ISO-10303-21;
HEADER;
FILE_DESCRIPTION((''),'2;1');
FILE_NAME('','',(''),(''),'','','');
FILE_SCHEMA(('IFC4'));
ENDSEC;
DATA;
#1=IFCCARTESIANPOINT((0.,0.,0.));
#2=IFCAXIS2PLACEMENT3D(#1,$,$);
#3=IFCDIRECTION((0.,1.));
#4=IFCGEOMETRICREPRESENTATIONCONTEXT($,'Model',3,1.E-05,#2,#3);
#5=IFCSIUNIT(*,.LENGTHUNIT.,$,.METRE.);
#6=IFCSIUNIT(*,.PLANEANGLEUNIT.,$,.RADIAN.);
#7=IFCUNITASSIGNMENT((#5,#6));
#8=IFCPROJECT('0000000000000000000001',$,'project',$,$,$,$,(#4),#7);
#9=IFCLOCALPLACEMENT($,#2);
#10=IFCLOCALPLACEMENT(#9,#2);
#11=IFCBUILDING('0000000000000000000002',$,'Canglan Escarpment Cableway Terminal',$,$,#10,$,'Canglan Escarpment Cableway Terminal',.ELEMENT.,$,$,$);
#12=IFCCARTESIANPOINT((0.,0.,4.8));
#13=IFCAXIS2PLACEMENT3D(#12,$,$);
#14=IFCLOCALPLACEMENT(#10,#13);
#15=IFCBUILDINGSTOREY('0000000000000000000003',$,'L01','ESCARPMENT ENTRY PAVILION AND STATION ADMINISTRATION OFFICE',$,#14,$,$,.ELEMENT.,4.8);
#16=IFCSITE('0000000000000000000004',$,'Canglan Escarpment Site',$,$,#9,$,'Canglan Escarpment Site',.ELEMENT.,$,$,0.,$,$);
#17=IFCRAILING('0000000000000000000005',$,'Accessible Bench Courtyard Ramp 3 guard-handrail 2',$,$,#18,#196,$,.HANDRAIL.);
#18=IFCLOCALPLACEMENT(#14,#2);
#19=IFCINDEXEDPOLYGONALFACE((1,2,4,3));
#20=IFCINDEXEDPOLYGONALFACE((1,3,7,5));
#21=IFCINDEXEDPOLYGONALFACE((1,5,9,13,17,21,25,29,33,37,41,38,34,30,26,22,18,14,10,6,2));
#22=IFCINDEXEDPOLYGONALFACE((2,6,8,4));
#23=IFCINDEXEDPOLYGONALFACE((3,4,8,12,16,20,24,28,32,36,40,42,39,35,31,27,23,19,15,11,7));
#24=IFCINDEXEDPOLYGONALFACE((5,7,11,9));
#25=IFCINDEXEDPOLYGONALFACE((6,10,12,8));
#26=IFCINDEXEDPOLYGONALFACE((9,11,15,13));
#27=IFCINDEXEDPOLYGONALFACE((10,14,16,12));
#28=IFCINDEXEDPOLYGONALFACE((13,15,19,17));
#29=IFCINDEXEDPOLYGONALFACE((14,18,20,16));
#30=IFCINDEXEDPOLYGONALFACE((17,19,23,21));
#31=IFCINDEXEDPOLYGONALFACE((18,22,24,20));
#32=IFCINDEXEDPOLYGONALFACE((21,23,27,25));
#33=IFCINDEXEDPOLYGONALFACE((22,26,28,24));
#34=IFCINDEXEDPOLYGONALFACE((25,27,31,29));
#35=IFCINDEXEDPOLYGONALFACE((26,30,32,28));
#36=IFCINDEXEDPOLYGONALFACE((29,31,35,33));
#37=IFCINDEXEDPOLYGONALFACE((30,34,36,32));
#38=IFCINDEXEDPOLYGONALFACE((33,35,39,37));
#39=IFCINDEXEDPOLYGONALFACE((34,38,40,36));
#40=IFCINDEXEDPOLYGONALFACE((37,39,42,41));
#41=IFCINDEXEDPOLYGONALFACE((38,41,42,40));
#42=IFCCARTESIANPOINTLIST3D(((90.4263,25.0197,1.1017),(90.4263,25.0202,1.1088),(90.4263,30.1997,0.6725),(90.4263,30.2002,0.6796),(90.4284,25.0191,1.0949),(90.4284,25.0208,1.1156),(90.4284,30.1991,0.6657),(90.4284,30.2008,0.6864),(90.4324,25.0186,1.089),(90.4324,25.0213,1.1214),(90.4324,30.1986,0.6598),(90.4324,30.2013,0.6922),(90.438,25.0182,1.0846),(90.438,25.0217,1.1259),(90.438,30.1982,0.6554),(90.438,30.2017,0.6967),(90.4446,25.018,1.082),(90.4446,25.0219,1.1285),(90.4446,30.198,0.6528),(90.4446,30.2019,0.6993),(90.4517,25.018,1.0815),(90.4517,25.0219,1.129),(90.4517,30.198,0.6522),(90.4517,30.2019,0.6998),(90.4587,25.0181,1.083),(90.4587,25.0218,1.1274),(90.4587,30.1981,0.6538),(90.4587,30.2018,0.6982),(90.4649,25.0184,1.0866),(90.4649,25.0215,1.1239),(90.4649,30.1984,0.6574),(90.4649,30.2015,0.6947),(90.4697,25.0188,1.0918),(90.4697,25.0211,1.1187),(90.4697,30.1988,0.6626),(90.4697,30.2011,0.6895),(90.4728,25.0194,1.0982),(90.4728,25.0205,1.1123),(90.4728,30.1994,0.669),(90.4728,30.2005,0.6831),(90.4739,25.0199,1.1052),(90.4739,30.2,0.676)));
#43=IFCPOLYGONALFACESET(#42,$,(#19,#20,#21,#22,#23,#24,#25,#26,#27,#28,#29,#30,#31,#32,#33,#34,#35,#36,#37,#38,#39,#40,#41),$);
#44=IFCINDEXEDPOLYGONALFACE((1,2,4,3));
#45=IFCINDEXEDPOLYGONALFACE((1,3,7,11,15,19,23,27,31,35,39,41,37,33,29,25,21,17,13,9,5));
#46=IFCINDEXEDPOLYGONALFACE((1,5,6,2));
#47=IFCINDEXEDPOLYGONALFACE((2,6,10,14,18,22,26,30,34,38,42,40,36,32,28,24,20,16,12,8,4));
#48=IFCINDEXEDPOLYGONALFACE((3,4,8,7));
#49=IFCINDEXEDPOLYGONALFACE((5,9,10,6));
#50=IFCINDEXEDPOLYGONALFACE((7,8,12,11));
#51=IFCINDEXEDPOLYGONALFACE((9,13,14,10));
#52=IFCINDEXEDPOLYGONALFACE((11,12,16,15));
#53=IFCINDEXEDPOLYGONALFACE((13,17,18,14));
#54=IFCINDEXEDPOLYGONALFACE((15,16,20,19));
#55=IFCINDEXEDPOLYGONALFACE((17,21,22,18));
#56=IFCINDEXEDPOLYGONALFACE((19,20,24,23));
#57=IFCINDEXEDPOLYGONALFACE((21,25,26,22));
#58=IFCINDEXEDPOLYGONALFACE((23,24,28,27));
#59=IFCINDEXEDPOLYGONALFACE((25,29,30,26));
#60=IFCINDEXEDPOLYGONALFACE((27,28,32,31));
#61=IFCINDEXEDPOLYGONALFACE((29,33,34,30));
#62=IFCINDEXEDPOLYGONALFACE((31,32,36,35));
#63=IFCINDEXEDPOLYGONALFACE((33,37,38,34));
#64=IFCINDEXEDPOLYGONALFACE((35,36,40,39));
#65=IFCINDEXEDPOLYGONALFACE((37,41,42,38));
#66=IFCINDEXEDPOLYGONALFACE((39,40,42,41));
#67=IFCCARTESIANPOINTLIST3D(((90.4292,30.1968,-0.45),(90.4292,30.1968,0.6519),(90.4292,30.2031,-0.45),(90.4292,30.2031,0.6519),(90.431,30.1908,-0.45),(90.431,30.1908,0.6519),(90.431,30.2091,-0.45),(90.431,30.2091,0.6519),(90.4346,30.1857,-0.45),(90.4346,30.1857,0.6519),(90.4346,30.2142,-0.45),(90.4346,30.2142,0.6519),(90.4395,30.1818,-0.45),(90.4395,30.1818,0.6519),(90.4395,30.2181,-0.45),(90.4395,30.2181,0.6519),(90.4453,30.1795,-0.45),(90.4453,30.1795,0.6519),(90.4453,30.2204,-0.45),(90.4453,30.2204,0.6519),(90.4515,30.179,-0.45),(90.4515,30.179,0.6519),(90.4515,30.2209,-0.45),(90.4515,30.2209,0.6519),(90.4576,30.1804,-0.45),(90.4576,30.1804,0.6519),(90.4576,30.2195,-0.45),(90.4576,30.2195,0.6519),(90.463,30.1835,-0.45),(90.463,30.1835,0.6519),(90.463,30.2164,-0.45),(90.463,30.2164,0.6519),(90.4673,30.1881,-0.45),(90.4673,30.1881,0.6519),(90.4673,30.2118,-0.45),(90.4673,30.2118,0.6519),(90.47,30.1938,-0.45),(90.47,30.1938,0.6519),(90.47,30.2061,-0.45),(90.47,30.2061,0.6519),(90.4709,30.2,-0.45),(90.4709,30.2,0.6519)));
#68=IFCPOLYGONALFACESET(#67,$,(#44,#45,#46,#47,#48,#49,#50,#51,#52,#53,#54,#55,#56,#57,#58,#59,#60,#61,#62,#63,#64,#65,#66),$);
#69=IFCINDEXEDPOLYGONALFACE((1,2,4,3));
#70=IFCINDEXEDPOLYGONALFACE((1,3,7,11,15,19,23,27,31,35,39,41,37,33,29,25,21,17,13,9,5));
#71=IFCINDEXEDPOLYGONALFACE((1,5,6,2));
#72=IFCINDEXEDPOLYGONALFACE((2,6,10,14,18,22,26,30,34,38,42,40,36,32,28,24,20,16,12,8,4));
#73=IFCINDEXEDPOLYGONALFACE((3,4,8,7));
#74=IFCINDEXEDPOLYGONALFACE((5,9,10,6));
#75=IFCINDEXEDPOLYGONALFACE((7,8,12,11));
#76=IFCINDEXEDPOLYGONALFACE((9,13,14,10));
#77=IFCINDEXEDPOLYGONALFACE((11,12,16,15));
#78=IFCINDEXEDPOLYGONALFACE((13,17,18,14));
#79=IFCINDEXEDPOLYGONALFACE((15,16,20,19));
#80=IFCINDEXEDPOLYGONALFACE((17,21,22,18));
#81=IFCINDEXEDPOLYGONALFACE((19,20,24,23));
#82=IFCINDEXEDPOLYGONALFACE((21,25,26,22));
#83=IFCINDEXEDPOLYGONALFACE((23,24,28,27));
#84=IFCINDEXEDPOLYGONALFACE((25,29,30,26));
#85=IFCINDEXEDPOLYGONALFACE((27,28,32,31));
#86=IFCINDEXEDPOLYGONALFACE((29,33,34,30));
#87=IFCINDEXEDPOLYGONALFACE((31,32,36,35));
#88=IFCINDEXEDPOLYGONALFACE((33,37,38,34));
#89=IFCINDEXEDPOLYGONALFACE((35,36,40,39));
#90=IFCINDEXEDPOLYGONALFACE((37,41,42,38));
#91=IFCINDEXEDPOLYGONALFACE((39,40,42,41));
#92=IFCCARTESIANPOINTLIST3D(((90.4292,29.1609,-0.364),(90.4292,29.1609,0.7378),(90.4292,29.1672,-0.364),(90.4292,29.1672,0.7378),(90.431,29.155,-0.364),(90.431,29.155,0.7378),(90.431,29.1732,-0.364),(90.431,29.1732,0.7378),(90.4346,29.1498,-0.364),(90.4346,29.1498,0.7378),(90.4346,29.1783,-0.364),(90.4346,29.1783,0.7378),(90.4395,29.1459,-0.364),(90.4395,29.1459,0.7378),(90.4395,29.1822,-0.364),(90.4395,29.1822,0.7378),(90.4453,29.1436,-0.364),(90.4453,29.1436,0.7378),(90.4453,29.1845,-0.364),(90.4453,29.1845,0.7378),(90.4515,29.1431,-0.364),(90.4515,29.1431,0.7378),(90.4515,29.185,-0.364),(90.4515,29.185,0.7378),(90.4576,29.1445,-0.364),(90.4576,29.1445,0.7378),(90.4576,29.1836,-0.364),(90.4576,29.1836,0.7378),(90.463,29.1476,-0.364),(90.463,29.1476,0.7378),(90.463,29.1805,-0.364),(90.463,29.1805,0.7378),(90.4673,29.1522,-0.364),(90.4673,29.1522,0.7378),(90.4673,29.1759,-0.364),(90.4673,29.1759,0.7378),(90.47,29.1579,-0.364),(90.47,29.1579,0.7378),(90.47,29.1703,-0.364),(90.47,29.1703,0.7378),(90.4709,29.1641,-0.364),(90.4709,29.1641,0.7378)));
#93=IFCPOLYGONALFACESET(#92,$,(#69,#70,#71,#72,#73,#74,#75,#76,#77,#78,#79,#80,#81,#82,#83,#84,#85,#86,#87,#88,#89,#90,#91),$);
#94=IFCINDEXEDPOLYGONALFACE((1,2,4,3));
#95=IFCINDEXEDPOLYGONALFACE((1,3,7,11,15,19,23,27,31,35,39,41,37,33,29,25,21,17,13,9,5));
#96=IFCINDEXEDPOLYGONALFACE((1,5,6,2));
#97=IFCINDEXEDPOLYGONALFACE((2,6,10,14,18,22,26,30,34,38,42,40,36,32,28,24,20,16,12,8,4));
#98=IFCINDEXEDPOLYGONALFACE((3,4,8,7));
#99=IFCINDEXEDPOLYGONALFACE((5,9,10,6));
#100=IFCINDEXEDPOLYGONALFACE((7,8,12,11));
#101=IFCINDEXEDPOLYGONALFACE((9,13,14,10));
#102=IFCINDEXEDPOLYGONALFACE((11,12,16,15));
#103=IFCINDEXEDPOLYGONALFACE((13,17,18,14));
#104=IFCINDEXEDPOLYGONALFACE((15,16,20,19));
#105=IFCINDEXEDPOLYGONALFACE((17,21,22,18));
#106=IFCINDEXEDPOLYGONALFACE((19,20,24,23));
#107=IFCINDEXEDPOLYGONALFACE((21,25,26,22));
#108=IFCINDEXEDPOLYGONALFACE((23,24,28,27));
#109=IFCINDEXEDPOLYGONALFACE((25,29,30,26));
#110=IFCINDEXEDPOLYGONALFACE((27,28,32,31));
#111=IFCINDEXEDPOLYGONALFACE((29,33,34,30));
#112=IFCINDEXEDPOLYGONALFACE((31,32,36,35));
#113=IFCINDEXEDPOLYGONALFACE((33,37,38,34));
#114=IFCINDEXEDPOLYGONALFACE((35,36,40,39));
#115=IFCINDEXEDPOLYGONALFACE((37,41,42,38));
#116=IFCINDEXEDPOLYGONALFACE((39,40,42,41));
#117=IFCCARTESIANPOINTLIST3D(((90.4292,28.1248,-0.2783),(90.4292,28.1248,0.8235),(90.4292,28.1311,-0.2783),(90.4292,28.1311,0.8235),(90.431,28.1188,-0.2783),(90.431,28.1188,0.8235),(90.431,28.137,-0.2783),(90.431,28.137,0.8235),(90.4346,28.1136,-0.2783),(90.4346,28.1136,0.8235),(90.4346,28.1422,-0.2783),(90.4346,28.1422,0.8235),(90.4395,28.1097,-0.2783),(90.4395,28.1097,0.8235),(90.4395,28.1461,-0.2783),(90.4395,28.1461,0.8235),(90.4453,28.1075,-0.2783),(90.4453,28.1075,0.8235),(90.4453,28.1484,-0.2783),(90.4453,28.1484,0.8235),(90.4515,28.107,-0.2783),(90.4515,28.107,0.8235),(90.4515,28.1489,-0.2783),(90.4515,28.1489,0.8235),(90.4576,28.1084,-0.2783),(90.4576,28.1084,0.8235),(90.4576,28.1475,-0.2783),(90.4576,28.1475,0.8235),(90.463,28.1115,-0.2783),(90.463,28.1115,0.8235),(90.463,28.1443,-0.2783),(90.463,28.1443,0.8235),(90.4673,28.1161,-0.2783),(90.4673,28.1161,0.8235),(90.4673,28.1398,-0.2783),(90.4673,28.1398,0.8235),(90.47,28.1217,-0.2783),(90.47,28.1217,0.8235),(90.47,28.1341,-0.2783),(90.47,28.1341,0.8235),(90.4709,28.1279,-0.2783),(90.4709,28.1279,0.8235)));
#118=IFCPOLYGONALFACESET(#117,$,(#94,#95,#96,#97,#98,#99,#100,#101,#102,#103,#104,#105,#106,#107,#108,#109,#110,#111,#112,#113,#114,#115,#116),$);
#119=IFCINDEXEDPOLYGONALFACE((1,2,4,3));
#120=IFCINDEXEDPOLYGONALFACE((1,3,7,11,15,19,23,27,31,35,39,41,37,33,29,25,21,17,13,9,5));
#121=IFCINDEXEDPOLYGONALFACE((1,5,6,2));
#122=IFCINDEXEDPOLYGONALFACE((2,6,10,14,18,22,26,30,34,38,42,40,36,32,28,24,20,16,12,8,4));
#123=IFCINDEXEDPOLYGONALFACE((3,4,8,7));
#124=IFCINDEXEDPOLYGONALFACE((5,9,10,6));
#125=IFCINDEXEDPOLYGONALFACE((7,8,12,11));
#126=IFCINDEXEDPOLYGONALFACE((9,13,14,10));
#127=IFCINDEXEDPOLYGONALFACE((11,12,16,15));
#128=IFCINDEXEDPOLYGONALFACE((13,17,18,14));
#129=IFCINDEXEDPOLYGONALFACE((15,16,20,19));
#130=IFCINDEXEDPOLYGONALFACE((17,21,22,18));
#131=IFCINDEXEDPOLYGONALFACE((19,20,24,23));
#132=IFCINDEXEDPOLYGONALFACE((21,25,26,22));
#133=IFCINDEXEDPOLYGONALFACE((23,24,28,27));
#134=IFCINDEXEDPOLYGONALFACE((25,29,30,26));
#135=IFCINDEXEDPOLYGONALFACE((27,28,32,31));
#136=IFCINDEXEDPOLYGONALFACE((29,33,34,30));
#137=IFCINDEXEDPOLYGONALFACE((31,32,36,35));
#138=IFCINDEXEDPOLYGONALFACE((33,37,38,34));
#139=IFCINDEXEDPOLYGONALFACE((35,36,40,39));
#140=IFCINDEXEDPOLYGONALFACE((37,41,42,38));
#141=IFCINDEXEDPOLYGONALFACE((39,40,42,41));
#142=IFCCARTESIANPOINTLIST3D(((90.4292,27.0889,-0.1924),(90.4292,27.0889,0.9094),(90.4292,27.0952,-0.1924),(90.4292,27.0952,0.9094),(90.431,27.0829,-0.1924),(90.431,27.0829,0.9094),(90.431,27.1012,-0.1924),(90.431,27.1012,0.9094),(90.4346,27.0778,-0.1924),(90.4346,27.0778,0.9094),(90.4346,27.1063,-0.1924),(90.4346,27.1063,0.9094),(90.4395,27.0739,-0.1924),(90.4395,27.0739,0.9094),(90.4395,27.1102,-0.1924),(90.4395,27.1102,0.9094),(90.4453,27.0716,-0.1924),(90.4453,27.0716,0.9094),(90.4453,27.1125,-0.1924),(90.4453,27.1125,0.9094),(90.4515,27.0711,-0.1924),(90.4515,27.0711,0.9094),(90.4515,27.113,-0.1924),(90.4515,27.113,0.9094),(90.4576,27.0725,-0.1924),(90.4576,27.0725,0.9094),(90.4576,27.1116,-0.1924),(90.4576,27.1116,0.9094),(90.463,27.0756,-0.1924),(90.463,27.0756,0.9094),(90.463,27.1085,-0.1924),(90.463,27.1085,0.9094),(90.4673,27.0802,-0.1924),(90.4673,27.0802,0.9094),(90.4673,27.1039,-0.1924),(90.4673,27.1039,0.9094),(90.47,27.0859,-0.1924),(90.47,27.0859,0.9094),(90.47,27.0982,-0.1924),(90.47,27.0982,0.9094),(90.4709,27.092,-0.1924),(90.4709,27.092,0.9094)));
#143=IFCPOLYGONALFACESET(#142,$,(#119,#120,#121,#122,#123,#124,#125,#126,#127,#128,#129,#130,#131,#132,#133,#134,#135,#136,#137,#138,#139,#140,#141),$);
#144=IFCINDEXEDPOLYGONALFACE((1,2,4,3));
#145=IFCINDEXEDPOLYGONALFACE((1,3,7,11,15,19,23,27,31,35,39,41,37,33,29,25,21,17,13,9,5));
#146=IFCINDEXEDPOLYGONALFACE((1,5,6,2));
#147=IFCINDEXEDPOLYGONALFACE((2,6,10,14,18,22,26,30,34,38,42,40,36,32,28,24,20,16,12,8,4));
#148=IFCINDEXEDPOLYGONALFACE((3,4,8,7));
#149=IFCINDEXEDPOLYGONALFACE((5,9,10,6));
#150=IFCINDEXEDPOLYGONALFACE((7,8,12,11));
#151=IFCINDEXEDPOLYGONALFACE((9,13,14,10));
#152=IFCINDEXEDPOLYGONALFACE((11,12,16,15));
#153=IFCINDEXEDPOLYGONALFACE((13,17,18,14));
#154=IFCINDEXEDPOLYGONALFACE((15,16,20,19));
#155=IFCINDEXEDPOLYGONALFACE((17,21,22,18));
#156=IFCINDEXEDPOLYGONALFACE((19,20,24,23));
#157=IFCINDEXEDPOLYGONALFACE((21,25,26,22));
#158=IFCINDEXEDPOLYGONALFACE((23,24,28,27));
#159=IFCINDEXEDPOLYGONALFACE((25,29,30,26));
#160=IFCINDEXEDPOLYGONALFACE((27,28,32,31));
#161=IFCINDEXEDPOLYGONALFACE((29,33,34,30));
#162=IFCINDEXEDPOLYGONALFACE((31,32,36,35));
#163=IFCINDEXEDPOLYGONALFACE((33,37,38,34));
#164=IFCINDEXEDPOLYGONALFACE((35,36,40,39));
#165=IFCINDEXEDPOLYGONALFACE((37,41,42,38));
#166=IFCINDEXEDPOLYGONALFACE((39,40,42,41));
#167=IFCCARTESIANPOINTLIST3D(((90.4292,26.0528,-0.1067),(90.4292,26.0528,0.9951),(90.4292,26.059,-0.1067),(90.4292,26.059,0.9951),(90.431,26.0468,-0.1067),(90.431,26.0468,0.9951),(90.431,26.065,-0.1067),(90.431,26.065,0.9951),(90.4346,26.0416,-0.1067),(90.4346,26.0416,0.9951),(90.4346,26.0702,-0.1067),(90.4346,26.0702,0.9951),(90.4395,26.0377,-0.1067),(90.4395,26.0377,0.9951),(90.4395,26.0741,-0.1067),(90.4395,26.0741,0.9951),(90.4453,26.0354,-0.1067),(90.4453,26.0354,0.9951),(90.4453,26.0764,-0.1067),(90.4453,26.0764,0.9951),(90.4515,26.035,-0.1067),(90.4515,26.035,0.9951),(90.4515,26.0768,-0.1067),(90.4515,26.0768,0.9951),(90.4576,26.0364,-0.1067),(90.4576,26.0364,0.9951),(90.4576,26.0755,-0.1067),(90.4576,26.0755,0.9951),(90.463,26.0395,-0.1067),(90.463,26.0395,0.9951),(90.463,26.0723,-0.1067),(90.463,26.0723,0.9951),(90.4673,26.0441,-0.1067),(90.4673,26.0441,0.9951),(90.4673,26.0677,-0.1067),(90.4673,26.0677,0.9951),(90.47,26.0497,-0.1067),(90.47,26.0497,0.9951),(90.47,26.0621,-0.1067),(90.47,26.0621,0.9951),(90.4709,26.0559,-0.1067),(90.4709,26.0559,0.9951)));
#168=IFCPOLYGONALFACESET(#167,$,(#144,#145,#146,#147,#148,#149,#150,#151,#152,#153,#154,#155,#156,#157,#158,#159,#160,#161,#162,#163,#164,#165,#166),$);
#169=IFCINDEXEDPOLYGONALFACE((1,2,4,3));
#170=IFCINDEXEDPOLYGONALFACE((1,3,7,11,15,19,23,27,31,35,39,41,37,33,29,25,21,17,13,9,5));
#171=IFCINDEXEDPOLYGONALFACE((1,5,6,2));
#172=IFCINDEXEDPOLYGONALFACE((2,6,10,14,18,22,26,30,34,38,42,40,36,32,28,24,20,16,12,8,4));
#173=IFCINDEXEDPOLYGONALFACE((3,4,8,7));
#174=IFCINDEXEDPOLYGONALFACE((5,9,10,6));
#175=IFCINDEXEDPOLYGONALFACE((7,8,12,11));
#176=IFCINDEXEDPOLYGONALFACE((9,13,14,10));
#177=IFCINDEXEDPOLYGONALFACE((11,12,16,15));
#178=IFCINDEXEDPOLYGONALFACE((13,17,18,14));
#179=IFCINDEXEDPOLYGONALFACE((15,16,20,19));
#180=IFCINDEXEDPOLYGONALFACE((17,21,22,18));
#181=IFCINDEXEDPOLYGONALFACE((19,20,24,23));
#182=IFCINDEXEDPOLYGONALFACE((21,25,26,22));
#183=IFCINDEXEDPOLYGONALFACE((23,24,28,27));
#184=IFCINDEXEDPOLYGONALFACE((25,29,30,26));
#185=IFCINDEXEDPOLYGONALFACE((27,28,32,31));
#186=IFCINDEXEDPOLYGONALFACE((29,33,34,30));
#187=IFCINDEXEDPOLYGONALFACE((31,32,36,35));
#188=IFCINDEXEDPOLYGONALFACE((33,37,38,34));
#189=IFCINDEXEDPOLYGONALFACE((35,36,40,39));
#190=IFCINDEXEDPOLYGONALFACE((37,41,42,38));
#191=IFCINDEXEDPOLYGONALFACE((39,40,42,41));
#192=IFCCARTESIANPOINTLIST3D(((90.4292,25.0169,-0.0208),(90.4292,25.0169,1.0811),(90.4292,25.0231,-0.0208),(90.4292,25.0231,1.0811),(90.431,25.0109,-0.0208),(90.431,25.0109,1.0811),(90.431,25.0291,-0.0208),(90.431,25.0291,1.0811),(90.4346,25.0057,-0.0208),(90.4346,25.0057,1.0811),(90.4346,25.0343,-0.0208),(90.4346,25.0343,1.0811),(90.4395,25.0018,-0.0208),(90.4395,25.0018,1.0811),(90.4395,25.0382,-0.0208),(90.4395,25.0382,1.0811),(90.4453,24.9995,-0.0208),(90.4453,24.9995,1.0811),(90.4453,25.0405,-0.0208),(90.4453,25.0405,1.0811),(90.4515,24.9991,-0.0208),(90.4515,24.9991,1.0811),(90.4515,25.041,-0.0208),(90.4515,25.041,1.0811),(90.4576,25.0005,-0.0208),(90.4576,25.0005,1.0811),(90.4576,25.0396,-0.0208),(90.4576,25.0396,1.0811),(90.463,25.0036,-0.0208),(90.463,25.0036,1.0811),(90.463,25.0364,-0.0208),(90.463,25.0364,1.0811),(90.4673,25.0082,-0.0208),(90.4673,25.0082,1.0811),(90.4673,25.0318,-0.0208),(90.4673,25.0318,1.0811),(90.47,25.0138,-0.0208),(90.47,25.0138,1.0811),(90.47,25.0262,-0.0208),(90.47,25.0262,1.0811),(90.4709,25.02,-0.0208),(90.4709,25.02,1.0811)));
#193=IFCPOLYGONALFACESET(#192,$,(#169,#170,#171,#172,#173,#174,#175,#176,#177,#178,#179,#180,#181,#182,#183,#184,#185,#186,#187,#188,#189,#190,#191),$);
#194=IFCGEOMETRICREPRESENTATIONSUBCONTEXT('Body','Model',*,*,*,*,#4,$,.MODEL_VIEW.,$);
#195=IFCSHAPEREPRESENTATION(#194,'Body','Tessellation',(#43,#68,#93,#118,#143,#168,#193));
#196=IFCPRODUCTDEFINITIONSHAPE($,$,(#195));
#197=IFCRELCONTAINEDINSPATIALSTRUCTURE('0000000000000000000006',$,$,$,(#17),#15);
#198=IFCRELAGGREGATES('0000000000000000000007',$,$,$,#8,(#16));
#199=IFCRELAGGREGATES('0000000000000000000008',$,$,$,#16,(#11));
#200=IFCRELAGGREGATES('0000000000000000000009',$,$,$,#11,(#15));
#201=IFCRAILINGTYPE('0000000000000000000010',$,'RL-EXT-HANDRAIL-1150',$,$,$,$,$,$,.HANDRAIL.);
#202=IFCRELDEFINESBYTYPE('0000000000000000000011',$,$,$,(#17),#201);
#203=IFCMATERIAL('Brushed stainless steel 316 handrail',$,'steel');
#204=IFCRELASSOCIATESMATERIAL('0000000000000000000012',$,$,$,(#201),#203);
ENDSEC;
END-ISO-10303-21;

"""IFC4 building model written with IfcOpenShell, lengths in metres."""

from ifc_helpers import new_model, si_unit, direction, frame, origin, origin_2d, place, context, subcontext, project, spatial, circle, extrude, material, type_object, element, save


model = new_model("IFC4")

# Units and contexts
model_context = context("Model", 3, precision=1e-05, world=origin(), true_north=direction((0.0, 1.0)))
body_context = subcontext(model_context, "Body", "Model", "MODEL_VIEW")
ifc_project = project(units=[si_unit("LENGTHUNIT", "METRE"), si_unit("PLANEANGLEUNIT", "RADIAN")], contexts=[model_context])

# Site, building, storey
site_placement = place(None, origin())
site = spatial("IfcSite", under=ifc_project, at=site_placement, Name="Canglan Escarpment Site", LongName="Canglan Escarpment Site", CompositionType="ELEMENT", RefElevation=0.0)
building_placement = place(site_placement, origin())
building = spatial("IfcBuilding", under=site, at=building_placement, Name="Canglan Escarpment Cableway Terminal", LongName="Canglan Escarpment Cableway Terminal", CompositionType="ELEMENT")
storey_placement = place(building_placement, frame((0.0, 0.0, 4.8)))
storey = spatial("IfcBuildingStorey", under=building, at=storey_placement, Name="L01", Description="ESCARPMENT ENTRY PAVILION AND STATION ADMINISTRATION OFFICE", CompositionType="ELEMENT", Elevation=4.8)

# Railing
ifc_material_1 = material(Name="Brushed stainless steel 316 handrail", Category="steel")
railing_type_1 = type_object("IfcRailingType", Name="RL-EXT-HANDRAIL-1150", PredefinedType="HANDRAIL", material=ifc_material_1)
for number, where, name in (
    (1, (90.45, 30.2, -0.45), "Accessible Bench Courtyard Ramp 3 guard-handrail 2"),
):
    element("IfcRailing", number, at=place(storey_placement, frame(where)), inside=storey, type_object=railing_type_1, Name=name, PredefinedType="HANDRAIL", context=body_context, shape_type="SweptSolid", body=[
        extrude(circle(Radius=0.0239, at=origin_2d()), frame((0.0, 0.0, 1.126), z_axis=(0.0, -0.996585, 0.082575), x_axis=(1.0, 0.0, 0.0)), (0.0, 0.0, 1.0), 5.1978),
        extrude(circle(Radius=0.021, at=origin_2d()), origin(), (0.0, 0.0, 1.0), 1.1018),
        extrude(circle(Radius=0.021, at=origin_2d()), frame((0.0, -1.0359, 0.0859)), (0.0, 0.0, 1.0), 1.1018),
        extrude(circle(Radius=0.021, at=origin_2d()), frame((0.0, -2.072, 0.1716)), (0.0, 0.0, 1.0), 1.1018),
        extrude(circle(Radius=0.021, at=origin_2d()), frame((0.0, -3.1079, 0.2576)), (0.0, 0.0, 1.0), 1.1018),
        extrude(circle(Radius=0.021, at=origin_2d()), frame((0.0, -4.144, 0.3433)), (0.0, 0.0, 1.0), 1.1018),
        extrude(circle(Radius=0.021, at=origin_2d()), frame((0.0, -5.1799, 0.4292)), (0.0, 0.0, 1.0), 1.1018),
    ])

save(model, "model.ifc")
